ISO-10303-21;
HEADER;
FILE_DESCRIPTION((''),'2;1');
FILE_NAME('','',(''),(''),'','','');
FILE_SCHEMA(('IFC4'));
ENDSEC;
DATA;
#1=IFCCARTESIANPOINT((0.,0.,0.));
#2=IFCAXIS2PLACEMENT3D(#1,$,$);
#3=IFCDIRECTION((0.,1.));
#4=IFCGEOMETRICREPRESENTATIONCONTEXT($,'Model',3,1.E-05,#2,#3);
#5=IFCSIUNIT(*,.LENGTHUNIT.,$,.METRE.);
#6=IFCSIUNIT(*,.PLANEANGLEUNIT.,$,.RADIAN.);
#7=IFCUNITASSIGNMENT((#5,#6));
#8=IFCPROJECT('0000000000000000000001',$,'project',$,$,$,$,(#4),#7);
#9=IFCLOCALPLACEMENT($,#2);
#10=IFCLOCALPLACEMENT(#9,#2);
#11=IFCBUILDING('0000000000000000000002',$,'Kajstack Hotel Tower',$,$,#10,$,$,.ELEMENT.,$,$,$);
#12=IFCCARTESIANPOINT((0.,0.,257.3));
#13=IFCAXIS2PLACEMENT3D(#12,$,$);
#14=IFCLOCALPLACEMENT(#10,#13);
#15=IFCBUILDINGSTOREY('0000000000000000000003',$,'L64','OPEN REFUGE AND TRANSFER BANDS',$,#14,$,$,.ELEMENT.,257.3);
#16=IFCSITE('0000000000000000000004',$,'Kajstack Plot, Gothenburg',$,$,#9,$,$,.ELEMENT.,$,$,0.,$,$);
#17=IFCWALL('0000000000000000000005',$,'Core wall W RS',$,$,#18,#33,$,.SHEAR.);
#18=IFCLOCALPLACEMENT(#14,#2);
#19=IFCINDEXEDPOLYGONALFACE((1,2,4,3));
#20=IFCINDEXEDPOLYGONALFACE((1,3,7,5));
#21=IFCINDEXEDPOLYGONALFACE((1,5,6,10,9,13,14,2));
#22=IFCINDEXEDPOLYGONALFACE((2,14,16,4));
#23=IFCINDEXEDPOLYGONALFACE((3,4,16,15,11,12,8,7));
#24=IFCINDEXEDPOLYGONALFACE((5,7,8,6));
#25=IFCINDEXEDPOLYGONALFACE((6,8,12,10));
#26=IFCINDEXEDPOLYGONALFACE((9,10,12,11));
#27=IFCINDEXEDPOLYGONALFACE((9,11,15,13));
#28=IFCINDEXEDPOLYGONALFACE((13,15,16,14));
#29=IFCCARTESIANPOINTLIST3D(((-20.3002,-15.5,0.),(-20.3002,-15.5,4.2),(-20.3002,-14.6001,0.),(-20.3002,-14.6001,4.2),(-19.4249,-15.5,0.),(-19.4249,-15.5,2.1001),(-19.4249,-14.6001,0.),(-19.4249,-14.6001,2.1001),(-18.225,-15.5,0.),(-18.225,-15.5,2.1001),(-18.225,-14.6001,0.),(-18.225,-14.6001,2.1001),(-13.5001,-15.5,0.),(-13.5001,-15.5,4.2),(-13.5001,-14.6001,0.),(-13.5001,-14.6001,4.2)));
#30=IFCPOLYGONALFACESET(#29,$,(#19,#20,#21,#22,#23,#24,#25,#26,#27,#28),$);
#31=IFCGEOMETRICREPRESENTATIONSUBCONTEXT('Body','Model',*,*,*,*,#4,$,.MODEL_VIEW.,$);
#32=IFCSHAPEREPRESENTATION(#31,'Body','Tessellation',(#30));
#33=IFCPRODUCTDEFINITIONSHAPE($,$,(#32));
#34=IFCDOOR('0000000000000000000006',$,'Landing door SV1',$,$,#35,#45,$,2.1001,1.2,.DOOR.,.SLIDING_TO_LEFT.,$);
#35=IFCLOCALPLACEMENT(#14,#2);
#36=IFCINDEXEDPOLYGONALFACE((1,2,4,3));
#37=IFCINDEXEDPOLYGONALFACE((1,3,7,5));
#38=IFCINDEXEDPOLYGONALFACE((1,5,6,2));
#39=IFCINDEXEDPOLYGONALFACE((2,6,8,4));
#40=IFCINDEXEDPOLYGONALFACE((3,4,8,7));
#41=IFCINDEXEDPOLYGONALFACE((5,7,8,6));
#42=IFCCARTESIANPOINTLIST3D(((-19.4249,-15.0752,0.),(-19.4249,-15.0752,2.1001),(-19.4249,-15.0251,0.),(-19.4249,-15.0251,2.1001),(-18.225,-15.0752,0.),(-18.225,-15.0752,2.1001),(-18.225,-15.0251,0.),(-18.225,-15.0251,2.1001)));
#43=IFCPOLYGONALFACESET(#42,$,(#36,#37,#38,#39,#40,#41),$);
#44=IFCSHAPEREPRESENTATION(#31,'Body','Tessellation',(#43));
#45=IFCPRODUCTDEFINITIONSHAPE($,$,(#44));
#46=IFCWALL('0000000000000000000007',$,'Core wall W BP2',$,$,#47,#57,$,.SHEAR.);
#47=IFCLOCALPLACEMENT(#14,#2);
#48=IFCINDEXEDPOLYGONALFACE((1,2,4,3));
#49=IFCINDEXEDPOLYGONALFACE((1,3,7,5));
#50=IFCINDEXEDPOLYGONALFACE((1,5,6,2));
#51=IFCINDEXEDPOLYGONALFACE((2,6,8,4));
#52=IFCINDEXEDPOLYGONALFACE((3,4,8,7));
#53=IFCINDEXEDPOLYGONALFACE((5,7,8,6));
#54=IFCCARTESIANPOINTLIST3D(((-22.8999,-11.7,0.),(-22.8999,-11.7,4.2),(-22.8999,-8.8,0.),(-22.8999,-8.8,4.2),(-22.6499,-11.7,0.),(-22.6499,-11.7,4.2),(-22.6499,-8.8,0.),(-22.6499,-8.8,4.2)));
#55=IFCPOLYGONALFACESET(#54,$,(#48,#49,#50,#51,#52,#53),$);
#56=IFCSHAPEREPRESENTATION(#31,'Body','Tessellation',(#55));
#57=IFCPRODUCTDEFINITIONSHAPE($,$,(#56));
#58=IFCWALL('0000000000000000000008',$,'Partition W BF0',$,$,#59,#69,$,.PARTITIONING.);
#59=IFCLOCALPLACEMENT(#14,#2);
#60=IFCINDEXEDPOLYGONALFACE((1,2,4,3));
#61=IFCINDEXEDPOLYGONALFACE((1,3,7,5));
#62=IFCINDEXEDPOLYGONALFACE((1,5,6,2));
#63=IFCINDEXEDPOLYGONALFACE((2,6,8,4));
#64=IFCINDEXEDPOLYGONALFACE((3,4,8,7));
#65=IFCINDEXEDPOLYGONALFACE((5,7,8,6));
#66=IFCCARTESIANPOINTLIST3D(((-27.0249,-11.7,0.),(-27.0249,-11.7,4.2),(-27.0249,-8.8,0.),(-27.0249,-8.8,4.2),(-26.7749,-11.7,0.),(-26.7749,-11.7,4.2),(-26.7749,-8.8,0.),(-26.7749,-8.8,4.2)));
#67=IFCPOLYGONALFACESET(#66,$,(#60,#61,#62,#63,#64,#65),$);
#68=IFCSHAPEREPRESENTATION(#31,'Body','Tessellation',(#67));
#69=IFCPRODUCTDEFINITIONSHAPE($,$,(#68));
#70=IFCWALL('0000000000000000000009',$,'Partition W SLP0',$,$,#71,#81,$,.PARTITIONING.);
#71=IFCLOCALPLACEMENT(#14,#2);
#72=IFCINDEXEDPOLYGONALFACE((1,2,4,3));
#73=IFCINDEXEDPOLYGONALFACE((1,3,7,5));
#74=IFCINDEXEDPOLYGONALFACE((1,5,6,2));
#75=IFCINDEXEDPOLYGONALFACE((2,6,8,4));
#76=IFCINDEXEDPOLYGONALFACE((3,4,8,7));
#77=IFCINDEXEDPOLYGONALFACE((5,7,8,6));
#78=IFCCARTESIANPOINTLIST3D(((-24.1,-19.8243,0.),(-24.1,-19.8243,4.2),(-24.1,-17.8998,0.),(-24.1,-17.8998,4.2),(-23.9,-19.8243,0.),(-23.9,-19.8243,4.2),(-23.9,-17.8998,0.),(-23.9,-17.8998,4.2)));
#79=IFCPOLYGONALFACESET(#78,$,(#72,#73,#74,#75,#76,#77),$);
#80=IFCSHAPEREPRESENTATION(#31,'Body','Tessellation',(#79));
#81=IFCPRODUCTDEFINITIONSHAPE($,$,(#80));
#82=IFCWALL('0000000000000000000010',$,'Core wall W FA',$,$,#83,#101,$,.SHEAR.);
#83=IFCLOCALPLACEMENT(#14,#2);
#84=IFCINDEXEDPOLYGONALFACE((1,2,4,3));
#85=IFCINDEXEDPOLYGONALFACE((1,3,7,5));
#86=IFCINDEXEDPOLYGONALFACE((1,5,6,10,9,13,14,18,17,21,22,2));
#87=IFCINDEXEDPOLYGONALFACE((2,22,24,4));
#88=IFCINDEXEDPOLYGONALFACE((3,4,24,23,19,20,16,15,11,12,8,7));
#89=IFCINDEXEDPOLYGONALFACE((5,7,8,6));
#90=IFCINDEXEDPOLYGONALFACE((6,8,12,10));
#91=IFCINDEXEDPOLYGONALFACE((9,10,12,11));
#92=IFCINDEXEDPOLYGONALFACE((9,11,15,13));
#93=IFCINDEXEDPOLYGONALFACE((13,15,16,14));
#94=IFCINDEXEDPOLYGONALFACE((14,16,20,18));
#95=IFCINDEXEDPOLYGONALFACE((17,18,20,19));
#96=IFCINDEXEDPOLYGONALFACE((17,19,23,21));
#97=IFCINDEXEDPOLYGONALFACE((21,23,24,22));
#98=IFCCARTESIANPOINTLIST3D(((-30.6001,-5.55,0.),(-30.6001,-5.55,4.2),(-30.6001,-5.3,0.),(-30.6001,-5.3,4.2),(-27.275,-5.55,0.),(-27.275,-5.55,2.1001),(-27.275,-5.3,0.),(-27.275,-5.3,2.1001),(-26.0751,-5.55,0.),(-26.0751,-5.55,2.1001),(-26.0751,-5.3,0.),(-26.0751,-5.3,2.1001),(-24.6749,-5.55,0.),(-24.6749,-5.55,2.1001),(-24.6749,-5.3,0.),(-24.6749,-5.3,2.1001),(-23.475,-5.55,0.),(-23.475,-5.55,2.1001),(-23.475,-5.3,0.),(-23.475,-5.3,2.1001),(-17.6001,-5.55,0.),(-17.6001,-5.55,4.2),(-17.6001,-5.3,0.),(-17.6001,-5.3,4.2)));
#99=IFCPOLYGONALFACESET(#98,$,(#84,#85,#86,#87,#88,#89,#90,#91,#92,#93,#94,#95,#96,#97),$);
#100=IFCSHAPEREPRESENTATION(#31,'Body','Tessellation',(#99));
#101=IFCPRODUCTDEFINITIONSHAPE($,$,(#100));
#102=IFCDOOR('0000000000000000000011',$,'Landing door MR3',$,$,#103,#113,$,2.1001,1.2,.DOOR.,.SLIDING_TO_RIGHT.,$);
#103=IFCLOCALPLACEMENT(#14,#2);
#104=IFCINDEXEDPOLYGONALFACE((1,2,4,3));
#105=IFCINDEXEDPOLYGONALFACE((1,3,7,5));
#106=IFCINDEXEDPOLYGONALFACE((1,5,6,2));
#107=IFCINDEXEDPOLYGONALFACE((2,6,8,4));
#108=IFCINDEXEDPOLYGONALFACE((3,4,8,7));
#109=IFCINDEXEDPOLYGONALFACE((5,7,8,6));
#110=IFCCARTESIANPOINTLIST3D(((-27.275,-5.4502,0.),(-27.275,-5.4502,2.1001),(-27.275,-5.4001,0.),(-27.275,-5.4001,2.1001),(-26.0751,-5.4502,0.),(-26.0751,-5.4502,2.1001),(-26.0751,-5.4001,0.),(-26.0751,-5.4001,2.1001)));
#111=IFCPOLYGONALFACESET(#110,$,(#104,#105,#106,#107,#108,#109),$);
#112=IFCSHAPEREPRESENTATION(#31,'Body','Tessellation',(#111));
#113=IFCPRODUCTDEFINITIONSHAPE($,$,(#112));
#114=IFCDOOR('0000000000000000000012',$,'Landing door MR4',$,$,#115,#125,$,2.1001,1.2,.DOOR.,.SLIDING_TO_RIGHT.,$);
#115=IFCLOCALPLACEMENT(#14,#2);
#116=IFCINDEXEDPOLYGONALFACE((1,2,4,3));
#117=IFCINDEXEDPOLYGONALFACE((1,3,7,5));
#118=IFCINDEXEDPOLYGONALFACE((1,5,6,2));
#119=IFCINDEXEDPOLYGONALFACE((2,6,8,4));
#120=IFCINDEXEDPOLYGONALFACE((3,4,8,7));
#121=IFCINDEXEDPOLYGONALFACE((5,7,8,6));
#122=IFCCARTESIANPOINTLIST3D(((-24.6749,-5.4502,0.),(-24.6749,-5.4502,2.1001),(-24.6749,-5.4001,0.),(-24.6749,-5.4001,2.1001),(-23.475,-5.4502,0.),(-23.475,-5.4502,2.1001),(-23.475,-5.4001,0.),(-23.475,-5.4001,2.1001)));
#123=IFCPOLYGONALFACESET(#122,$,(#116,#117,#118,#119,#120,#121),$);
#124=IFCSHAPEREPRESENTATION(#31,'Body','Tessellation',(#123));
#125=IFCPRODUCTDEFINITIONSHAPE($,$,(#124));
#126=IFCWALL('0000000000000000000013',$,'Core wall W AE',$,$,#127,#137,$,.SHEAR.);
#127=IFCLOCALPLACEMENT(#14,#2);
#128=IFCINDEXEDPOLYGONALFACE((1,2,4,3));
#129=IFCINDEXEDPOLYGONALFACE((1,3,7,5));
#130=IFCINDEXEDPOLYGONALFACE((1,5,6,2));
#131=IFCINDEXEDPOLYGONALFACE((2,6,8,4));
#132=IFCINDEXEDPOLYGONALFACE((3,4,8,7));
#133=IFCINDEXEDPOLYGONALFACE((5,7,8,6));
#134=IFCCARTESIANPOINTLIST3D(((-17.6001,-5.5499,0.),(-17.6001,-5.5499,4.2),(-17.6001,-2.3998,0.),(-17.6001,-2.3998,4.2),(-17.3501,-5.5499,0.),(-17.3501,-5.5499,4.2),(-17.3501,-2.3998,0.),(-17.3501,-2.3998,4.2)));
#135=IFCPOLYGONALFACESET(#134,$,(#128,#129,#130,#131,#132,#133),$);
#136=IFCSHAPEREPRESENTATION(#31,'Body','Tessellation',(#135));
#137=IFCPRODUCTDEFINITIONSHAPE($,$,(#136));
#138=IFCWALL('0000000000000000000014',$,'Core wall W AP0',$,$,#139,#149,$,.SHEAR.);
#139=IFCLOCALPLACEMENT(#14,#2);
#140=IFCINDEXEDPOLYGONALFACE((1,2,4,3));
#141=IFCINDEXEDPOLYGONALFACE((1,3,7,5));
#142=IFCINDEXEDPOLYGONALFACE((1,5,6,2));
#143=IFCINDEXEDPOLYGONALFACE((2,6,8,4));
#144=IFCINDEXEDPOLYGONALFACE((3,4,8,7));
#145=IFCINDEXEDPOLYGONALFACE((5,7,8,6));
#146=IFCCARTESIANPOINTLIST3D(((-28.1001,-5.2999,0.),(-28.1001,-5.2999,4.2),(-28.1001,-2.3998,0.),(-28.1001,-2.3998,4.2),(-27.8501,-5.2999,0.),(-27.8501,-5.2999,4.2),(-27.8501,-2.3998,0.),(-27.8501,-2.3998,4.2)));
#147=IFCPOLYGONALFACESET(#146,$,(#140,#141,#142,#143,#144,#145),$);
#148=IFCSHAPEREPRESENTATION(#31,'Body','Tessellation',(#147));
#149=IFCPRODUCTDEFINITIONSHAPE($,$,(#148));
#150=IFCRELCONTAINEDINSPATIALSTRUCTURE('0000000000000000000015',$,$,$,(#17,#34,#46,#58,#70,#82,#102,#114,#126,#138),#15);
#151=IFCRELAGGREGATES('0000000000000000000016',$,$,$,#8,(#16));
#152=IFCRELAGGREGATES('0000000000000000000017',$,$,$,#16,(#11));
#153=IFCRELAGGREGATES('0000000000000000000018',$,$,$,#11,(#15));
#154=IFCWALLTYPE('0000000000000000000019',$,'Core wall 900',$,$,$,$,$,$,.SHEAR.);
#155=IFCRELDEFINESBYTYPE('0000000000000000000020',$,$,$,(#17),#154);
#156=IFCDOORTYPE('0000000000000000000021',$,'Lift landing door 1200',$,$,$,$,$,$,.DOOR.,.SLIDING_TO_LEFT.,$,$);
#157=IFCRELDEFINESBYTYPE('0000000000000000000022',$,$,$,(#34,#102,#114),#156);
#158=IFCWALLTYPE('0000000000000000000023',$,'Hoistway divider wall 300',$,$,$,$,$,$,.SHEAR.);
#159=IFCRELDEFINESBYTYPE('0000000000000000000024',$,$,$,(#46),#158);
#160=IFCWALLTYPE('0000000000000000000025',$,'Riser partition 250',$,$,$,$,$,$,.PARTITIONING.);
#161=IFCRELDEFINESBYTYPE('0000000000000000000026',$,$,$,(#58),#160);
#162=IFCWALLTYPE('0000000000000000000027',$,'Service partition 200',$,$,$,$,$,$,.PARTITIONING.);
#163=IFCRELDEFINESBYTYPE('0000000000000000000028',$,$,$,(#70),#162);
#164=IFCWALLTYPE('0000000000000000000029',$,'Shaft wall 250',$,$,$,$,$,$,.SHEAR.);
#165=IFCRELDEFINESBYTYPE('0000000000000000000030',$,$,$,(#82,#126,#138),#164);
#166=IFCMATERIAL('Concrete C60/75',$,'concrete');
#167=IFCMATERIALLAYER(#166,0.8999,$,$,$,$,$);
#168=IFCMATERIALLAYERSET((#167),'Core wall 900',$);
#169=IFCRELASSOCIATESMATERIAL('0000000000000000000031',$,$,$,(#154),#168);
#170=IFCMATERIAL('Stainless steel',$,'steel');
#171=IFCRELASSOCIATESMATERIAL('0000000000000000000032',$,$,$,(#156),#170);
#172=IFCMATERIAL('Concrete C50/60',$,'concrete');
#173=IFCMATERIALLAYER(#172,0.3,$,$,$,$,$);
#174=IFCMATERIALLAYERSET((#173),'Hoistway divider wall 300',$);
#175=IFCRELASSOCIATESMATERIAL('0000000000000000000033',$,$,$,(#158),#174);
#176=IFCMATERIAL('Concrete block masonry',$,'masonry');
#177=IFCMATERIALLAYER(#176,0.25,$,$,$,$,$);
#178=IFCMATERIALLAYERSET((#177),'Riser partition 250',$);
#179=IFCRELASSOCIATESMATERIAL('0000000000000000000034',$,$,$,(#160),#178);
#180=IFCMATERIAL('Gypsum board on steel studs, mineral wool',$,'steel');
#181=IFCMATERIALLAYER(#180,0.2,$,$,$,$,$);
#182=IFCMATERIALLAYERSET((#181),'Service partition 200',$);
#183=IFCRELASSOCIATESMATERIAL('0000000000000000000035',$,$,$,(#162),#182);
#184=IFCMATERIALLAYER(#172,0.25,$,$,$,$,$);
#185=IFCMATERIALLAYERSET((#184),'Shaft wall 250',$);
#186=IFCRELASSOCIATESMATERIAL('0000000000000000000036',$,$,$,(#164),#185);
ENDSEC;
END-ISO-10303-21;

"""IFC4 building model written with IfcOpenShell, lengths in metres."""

from ifc_helpers import new_model, si_unit, direction, frame, frame_2d, origin, place, context, subcontext, project, spatial, rectangle, extrude, material, layer, layer_set, type_object, element, fill, save


model = new_model("IFC4")

# Units and contexts
model_context = context("Model", 3, precision=1e-05, world=origin(), true_north=direction((0.0, 1.0)))
body_context = subcontext(model_context, "Body", "Model", "MODEL_VIEW")
ifc_project = project(units=[si_unit("LENGTHUNIT", "METRE"), si_unit("PLANEANGLEUNIT", "RADIAN")], contexts=[model_context])

# Site, building, storey
site_placement = place(None, origin())
site = spatial("IfcSite", under=ifc_project, at=site_placement, Name="Kajstack Plot, Gothenburg", CompositionType="ELEMENT", RefElevation=0.0)
building_placement = place(site_placement, origin())
building = spatial("IfcBuilding", under=site, at=building_placement, Name="Kajstack Hotel Tower", CompositionType="ELEMENT")
storey_placement = place(building_placement, frame((0.0, 0.0, 257.3)))
storey = spatial("IfcBuildingStorey", under=building, at=storey_placement, Name="L64", Description="OPEN REFUGE AND TRANSFER BANDS", CompositionType="ELEMENT", Elevation=257.3)

# Wall, opening, door
ifc_material_1 = material(Name="Concrete C60/75", Category="concrete")
ifc_layer_1 = layer(ifc_material_1, 0.8999)
ifc_layer_set_1 = layer_set([ifc_layer_1], Name="Core wall 900")
wall_type_1 = type_object("IfcWallType", Name="Core wall 900", PredefinedType="SHEAR", material=ifc_layer_set_1)
wall_1_placement = place(storey_placement, frame((-20.3, -15.05, 0.0), z_axis=(0.0, 0.0, 1.0), x_axis=(1.0, 0.0, 0.0)))
wall_1 = element("IfcWall", 1, at=wall_1_placement, inside=storey, type_object=wall_type_1, Name="Core wall W RS", PredefinedType="SHEAR", context=body_context, shape_type="SweptSolid", body=[
    extrude(rectangle(XDim=6.8, YDim=0.8999, at=frame_2d((3.3999, 0.0))), origin(), (0.0, 0.0, 1.0), 4.2),
])
opening_1_placement = place(wall_1_placement, frame((0.875, 0.0, 0.0)))
opening_1 = element("IfcOpeningElement", 2, at=opening_1_placement, cuts=wall_1, PredefinedType="OPENING", context=body_context, shape_type="SweptSolid", body=[
    extrude(rectangle(XDim=1.2, YDim=2.1001, at=frame_2d((0.6001, 1.05))), frame((0.0, 0.46, 0.0), z_axis=(0.0, -1.0, 0.0), x_axis=(1.0, 0.0, 0.0)), (0.0, 0.0, 1.0), 0.9199),
])
ifc_material_2 = material(Name="Stainless steel", Category="steel")
door_type_1 = type_object("IfcDoorType", Name="Lift landing door 1200", OperationType="SLIDING_TO_LEFT", PredefinedType="DOOR", material=ifc_material_2)
door_1_placement = place(opening_1_placement, origin())
door_1 = element("IfcDoor", 3, at=door_1_placement, inside=storey, type_object=door_type_1, Name="Landing door SV1", OperationType="SLIDING_TO_LEFT", OverallHeight=2.1001, OverallWidth=1.2, PredefinedType="DOOR", context=body_context, shape_type="SweptSolid", body=[
    extrude(rectangle(XDim=1.2, YDim=2.1001, at=frame_2d((0.6001, 1.05))), frame((0.0, 0.0249, 0.0), z_axis=(0.0, -1.0, 0.0), x_axis=(1.0, 0.0, 0.0)), (0.0, 0.0, 1.0), 0.05),
])
fill(opening_1, door_1)

# Walls
ifc_material_3 = material(Name="Concrete C50/60", Category="concrete")
ifc_layer_2 = layer(ifc_material_3, 0.3)
ifc_layer_set_2 = layer_set([ifc_layer_2], Name="Hoistway divider wall 300")
wall_type_2 = type_object("IfcWallType", Name="Hoistway divider wall 300", PredefinedType="SHEAR", material=ifc_layer_set_2)
wall_2_placement = place(storey_placement, frame((-22.7749, -11.7, 0.0), z_axis=(0.0, 0.0, 1.0), x_axis=(0.0, 1.0, 0.0)))
element("IfcWall", 4, at=wall_2_placement, inside=storey, type_object=wall_type_2, Name="Core wall W BP2", PredefinedType="SHEAR", context=body_context, shape_type="SweptSolid", body=[
    extrude(rectangle(XDim=2.8999, YDim=0.25, at=frame_2d((1.45, 0.0))), origin(), (0.0, 0.0, 1.0), 4.2),
])
ifc_material_4 = material(Name="Concrete block masonry", Category="masonry")
ifc_layer_3 = layer(ifc_material_4, 0.25)
ifc_layer_set_3 = layer_set([ifc_layer_3], Name="Riser partition 250")
wall_type_3 = type_object("IfcWallType", Name="Riser partition 250", PredefinedType="PARTITIONING", material=ifc_layer_set_3)
wall_3_placement = place(storey_placement, frame((-26.8999, -11.7, 0.0), z_axis=(0.0, 0.0, 1.0), x_axis=(0.0, 1.0, 0.0)))
element("IfcWall", 5, at=wall_3_placement, inside=storey, type_object=wall_type_3, Name="Partition W BF0", PredefinedType="PARTITIONING", context=body_context, shape_type="SweptSolid", body=[
    extrude(rectangle(XDim=2.8999, YDim=0.25, at=frame_2d((1.45, 0.0))), origin(), (0.0, 0.0, 1.0), 4.2),
])
ifc_material_5 = material(Name="Gypsum board on steel studs, mineral wool", Category="steel")
ifc_layer_4 = layer(ifc_material_5, 0.2)
ifc_layer_set_4 = layer_set([ifc_layer_4], Name="Service partition 200")
wall_type_4 = type_object("IfcWallType", Name="Service partition 200", PredefinedType="PARTITIONING", material=ifc_layer_set_4)
wall_4_placement = place(storey_placement, frame((-24.0, -19.8245, 0.0), z_axis=(0.0, 0.0, 1.0), x_axis=(0.0, 1.0, 0.0)))
element("IfcWall", 6, at=wall_4_placement, inside=storey, type_object=wall_type_4, Name="Partition W SLP0", PredefinedType="PARTITIONING", context=body_context, shape_type="SweptSolid", body=[
    extrude(rectangle(XDim=1.9246, YDim=0.2, at=frame_2d((0.9624, 0.0))), origin(), (0.0, 0.0, 1.0), 4.2),
])

# Wall, openings, doors
ifc_layer_5 = layer(ifc_material_3, 0.25)
ifc_layer_set_5 = layer_set([ifc_layer_5], Name="Shaft wall 250")
wall_type_5 = type_object("IfcWallType", Name="Shaft wall 250", PredefinedType="SHEAR", material=ifc_layer_set_5)
wall_5_placement = place(storey_placement, frame((-30.6001, -5.425, 0.0), z_axis=(0.0, 0.0, 1.0), x_axis=(1.0, 0.0, 0.0)))
wall_5 = element("IfcWall", 7, at=wall_5_placement, inside=storey, type_object=wall_type_5, Name="Core wall W FA", PredefinedType="SHEAR", context=body_context, shape_type="SweptSolid", body=[
    extrude(rectangle(XDim=13.0, YDim=0.25, at=frame_2d((6.5, 0.0))), origin(), (0.0, 0.0, 1.0), 4.2),
])
opening_2_placement = place(wall_5_placement, frame((3.325, 0.0, 0.0)))
opening_2 = element("IfcOpeningElement", 8, at=opening_2_placement, cuts=wall_5, PredefinedType="OPENING", context=body_context, shape_type="SweptSolid", body=[
    extrude(rectangle(XDim=1.2, YDim=2.1001, at=frame_2d((0.6001, 1.05))), frame((0.0, 0.135, 0.0), z_axis=(0.0, -1.0, 0.0), x_axis=(1.0, 0.0, 0.0)), (0.0, 0.0, 1.0), 0.27),
])
opening_3_placement = place(wall_5_placement, frame((5.925, 0.0, 0.0)))
opening_3 = element("IfcOpeningElement", 9, at=opening_3_placement, cuts=wall_5, PredefinedType="OPENING", context=body_context, shape_type="SweptSolid", body=[
    extrude(rectangle(XDim=1.2, YDim=2.1001, at=frame_2d((0.6001, 1.05))), frame((0.0, 0.135, 0.0), z_axis=(0.0, -1.0, 0.0), x_axis=(1.0, 0.0, 0.0)), (0.0, 0.0, 1.0), 0.27),
])
door_2_placement = place(opening_2_placement, origin())
door_2 = element("IfcDoor", 10, at=door_2_placement, inside=storey, type_object=door_type_1, Name="Landing door MR3", OperationType="SLIDING_TO_RIGHT", OverallHeight=2.1001, OverallWidth=1.2, PredefinedType="DOOR", context=body_context, shape_type="SweptSolid", body=[
    extrude(rectangle(XDim=1.2, YDim=2.1001, at=frame_2d((0.6001, 1.05))), frame((0.0, 0.0249, 0.0), z_axis=(0.0, -1.0, 0.0), x_axis=(1.0, 0.0, 0.0)), (0.0, 0.0, 1.0), 0.05),
])
fill(opening_2, door_2)
door_3_placement = place(opening_3_placement, origin())
door_3 = element("IfcDoor", 11, at=door_3_placement, inside=storey, type_object=door_type_1, Name="Landing door MR4", OperationType="SLIDING_TO_RIGHT", OverallHeight=2.1001, OverallWidth=1.2, PredefinedType="DOOR", context=body_context, shape_type="SweptSolid", body=[
    extrude(rectangle(XDim=1.2, YDim=2.1001, at=frame_2d((0.6001, 1.05))), frame((0.0, 0.0249, 0.0), z_axis=(0.0, -1.0, 0.0), x_axis=(1.0, 0.0, 0.0)), (0.0, 0.0, 1.0), 0.05),
])
fill(opening_3, door_3)

# Walls
wall_6_placement = place(storey_placement, frame((-17.4751, -5.55, 0.0), z_axis=(0.0, 0.0, 1.0), x_axis=(0.0, 1.0, 0.0)))
element("IfcWall", 12, at=wall_6_placement, inside=storey, type_object=wall_type_5, Name="Core wall W AE", PredefinedType="SHEAR", context=body_context, shape_type="SweptSolid", body=[
    extrude(rectangle(XDim=3.1501, YDim=0.25, at=frame_2d((1.5752, 0.0))), origin(), (0.0, 0.0, 1.0), 4.2),
])
wall_7_placement = place(storey_placement, frame((-27.9751, -5.3, 0.0), z_axis=(0.0, 0.0, 1.0), x_axis=(0.0, 1.0, 0.0)))
element("IfcWall", 13, at=wall_7_placement, inside=storey, type_object=wall_type_5, Name="Core wall W AP0", PredefinedType="SHEAR", context=body_context, shape_type="SweptSolid", body=[
    extrude(rectangle(XDim=2.9001, YDim=0.25, at=frame_2d((1.4502, 0.0))), origin(), (0.0, 0.0, 1.0), 4.2),
])

save(model, "model.ifc")
